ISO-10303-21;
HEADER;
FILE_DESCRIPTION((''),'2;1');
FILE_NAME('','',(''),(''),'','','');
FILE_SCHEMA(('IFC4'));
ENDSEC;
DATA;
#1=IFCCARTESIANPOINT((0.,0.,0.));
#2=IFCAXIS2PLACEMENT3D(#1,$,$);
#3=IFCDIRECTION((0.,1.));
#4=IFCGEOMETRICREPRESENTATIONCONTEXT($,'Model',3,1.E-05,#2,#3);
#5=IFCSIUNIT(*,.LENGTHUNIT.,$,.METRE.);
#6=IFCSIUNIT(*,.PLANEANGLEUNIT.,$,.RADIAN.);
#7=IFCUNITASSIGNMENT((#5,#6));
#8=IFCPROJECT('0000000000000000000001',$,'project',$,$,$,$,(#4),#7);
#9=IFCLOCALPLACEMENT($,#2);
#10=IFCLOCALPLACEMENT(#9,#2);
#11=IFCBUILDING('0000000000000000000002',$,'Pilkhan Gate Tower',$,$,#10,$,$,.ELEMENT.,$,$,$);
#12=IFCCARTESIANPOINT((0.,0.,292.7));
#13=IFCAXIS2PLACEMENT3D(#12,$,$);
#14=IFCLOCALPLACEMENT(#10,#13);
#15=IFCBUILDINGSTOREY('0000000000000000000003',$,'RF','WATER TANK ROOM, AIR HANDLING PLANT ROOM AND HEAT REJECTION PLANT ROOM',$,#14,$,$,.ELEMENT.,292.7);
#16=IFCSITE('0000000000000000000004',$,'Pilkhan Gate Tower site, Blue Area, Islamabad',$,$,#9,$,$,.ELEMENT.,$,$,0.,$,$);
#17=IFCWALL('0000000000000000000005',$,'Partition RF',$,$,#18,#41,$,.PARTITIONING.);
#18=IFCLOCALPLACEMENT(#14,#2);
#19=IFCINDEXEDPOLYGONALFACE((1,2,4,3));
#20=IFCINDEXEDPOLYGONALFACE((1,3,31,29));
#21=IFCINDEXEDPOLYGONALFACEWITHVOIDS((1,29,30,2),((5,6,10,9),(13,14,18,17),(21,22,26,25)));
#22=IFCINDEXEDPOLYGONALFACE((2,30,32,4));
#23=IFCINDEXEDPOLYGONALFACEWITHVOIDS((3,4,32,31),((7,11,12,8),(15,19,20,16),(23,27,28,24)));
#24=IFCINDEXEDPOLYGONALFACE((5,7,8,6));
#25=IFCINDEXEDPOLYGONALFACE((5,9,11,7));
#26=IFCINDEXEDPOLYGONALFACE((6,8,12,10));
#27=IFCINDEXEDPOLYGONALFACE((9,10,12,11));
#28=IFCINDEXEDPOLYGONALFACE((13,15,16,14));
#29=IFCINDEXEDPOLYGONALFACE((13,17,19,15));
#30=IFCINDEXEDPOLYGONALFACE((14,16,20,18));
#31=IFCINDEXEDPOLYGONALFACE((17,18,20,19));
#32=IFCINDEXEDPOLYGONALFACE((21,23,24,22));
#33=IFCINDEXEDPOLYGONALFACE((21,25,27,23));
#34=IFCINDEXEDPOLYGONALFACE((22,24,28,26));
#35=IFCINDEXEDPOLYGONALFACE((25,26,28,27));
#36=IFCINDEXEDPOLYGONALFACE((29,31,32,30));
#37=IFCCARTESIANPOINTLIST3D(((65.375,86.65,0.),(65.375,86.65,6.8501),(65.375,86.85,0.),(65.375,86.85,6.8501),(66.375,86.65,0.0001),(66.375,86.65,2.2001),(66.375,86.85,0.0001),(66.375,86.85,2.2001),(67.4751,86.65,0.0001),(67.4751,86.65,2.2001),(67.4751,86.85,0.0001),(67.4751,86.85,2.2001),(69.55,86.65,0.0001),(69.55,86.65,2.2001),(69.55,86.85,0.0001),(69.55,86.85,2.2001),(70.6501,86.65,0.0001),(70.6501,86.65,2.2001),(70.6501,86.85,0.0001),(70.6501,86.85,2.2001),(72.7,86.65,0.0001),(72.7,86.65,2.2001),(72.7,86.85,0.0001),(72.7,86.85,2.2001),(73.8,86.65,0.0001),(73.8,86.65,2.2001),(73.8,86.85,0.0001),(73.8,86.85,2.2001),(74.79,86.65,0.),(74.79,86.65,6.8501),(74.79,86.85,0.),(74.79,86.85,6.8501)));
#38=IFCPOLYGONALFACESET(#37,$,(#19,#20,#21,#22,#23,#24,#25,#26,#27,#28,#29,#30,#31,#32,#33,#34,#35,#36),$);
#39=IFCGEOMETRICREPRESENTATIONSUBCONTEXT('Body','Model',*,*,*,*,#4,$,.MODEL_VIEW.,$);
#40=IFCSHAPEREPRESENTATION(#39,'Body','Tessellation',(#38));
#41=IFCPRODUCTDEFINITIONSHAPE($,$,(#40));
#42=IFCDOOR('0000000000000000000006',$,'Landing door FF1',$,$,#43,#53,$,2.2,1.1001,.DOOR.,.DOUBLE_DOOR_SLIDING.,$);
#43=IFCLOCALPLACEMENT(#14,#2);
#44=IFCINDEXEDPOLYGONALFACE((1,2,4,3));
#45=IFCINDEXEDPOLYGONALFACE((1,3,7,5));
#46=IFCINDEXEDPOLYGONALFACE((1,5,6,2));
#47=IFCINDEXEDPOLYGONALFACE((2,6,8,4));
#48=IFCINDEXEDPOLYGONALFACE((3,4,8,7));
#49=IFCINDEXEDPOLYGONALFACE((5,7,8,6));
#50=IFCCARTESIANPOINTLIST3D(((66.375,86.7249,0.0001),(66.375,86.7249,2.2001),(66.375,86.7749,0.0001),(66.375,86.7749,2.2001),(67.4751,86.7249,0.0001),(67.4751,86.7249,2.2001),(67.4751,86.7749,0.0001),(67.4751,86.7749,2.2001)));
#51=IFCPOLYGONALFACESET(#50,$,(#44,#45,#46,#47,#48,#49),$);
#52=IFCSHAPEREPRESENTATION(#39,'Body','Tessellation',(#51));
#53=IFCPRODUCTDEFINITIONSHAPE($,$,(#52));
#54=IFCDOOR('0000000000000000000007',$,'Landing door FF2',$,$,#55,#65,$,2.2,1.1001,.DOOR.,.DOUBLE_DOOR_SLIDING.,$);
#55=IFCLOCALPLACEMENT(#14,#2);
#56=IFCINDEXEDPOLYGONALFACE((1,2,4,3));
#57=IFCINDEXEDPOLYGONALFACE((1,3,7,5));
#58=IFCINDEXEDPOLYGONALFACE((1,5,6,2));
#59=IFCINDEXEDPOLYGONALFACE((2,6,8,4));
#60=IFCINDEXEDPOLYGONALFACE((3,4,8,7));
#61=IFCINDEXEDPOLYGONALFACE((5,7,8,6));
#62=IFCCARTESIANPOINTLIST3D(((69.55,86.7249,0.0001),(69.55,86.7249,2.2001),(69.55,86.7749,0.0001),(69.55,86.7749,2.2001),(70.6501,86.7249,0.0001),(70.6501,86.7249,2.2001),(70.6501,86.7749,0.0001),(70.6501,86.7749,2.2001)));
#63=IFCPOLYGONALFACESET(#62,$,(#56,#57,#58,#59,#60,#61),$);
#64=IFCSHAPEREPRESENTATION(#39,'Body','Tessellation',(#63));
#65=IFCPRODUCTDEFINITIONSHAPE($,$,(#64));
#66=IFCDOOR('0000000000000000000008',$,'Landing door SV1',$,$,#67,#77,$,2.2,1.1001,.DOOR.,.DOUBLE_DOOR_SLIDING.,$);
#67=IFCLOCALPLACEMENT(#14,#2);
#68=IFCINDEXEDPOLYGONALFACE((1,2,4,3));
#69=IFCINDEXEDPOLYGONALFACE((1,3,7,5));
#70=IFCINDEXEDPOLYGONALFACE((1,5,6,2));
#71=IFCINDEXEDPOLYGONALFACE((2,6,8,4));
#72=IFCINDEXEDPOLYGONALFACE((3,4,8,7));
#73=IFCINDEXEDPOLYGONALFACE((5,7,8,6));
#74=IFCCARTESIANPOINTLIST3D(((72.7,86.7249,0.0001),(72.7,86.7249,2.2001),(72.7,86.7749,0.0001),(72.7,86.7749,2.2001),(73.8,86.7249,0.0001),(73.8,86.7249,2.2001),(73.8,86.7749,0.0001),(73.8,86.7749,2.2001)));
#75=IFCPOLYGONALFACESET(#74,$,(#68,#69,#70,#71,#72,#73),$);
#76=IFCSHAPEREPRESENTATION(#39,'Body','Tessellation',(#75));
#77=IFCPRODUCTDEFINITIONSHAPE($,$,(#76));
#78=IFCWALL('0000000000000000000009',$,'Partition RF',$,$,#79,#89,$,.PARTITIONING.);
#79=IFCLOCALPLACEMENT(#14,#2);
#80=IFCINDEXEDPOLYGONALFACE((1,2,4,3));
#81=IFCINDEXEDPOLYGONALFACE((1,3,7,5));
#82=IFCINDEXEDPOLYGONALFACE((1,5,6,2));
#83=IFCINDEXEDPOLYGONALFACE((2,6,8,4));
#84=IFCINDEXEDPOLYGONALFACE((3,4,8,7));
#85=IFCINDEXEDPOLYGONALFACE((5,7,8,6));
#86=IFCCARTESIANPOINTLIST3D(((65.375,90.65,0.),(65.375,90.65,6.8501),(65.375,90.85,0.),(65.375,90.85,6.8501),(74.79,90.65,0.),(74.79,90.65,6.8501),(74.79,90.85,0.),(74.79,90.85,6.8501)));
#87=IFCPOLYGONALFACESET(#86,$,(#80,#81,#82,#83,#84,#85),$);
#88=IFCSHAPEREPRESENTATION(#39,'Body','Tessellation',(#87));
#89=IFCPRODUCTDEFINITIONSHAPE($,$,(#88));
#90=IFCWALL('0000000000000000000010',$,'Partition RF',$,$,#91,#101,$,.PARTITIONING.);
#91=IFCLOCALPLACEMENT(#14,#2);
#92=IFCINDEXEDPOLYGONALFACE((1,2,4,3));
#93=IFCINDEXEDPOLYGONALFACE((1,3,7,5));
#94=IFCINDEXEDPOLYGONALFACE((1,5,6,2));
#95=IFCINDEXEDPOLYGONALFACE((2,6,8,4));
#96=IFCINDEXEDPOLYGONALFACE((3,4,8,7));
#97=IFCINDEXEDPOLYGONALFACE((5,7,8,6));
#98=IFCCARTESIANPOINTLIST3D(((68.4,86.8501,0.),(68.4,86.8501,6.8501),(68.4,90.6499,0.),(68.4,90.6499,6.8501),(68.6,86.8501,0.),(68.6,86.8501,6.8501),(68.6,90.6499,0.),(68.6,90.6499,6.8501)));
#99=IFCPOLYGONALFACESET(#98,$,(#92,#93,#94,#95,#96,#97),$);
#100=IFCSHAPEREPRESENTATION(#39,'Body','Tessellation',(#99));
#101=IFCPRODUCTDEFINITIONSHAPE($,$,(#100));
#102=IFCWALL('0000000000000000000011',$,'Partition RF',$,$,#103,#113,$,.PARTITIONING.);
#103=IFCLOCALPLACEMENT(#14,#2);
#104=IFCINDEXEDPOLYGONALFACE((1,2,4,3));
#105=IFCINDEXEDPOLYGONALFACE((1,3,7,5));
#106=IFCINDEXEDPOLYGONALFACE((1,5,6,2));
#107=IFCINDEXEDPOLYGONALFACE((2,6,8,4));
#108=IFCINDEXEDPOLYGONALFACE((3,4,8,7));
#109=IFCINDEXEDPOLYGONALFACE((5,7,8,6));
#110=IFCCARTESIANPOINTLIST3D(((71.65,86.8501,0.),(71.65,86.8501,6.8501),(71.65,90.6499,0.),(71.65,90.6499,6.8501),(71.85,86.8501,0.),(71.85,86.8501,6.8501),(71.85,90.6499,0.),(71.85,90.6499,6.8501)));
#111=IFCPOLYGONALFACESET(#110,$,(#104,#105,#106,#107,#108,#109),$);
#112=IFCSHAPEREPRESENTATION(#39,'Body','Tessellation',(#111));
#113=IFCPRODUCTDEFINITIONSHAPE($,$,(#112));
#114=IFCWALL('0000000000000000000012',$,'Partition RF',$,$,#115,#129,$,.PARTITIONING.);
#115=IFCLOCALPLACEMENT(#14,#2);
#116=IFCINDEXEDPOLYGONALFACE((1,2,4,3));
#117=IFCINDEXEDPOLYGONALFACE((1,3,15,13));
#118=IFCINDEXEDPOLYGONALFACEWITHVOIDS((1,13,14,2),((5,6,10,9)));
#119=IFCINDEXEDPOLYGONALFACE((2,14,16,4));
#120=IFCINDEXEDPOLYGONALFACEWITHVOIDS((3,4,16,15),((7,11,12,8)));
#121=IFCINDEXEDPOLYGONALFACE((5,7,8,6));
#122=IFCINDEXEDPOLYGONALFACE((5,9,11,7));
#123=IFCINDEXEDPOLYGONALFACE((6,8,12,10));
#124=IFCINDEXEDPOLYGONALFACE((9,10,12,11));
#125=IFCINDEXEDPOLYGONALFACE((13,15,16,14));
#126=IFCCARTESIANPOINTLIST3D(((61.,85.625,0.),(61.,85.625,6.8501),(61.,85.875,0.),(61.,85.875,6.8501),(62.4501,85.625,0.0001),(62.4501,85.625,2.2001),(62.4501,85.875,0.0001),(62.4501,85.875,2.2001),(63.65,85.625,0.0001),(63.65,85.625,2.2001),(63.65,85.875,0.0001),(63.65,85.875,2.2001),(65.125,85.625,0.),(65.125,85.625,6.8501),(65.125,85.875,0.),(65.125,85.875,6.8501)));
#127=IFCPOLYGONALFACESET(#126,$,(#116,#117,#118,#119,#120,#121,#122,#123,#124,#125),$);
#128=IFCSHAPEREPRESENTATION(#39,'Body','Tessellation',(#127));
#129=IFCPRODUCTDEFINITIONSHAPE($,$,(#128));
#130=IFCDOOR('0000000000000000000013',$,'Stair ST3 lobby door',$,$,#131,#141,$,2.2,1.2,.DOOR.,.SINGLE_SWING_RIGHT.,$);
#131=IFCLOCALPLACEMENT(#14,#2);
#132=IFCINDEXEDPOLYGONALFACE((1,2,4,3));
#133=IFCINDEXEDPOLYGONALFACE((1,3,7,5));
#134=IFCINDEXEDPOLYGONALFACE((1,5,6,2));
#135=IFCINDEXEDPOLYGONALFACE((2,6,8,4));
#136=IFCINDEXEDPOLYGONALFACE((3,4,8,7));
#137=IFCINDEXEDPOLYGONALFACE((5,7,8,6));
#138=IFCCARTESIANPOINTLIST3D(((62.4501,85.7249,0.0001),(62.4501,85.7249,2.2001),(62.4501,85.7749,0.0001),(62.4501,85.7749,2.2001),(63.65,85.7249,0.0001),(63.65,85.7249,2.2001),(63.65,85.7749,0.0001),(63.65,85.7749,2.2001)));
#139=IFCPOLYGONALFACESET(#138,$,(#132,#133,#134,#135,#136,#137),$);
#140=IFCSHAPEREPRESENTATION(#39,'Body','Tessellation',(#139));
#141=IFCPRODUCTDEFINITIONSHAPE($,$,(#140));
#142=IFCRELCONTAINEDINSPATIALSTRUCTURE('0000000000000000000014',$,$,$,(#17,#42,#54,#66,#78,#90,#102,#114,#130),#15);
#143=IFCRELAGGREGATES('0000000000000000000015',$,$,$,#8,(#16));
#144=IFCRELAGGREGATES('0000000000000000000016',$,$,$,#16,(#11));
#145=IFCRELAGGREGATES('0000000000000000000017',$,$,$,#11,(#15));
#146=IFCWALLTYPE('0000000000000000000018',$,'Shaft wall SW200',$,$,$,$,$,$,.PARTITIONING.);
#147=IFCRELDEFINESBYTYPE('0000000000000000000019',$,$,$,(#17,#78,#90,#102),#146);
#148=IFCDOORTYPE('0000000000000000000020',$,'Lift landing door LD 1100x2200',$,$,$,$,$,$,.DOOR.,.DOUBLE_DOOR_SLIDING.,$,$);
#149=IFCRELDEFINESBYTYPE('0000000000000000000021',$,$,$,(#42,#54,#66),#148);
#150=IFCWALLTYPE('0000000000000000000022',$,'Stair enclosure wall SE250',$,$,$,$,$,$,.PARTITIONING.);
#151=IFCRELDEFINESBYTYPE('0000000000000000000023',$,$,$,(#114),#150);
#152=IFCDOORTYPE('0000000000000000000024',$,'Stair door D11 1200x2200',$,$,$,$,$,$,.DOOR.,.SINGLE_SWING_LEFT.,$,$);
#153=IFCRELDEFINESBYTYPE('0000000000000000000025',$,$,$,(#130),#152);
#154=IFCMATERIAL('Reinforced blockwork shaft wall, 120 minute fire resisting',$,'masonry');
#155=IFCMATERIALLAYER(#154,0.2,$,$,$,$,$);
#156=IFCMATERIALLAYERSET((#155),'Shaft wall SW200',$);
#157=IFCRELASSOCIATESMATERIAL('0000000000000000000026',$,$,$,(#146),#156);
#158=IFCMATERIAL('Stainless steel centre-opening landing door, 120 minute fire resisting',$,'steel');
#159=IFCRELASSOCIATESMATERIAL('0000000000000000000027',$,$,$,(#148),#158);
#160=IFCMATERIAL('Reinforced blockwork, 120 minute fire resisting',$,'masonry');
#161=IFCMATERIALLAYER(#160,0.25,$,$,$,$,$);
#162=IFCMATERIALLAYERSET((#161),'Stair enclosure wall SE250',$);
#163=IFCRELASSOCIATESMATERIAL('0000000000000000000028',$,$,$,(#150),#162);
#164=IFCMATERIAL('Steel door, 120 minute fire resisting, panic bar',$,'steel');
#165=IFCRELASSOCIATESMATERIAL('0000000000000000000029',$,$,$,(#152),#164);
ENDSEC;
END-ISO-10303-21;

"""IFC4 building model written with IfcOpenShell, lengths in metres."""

from ifc_helpers import new_model, si_unit, direction, frame, frame_2d, origin, place, context, subcontext, project, spatial, rectangle, extrude, material, layer, layer_set, type_object, element, fill, save


model = new_model("IFC4")

# Units and contexts
model_context = context("Model", 3, precision=1e-05, world=origin(), true_north=direction((0.0, 1.0)))
body_context = subcontext(model_context, "Body", "Model", "MODEL_VIEW")
ifc_project = project(units=[si_unit("LENGTHUNIT", "METRE"), si_unit("PLANEANGLEUNIT", "RADIAN")], contexts=[model_context])

# Site, building, storey
site_placement = place(None, origin())
site = spatial("IfcSite", under=ifc_project, at=site_placement, Name="Pilkhan Gate Tower site, Blue Area, Islamabad", CompositionType="ELEMENT", RefElevation=0.0)
building_placement = place(site_placement, origin())
building = spatial("IfcBuilding", under=site, at=building_placement, Name="Pilkhan Gate Tower", CompositionType="ELEMENT")
storey_placement = place(building_placement, frame((0.0, 0.0, 292.7)))
storey = spatial("IfcBuildingStorey", under=building, at=storey_placement, Name="RF", Description="WATER TANK ROOM, AIR HANDLING PLANT ROOM AND HEAT REJECTION PLANT ROOM", CompositionType="ELEMENT", Elevation=292.7)

# Wall, openings, doors
ifc_material_1 = material(Name="Reinforced blockwork shaft wall, 120 minute fire resisting", Category="masonry")
ifc_layer_1 = layer(ifc_material_1, 0.2)
ifc_layer_set_1 = layer_set([ifc_layer_1], Name="Shaft wall SW200")
wall_type_1 = type_object("IfcWallType", Name="Shaft wall SW200", PredefinedType="PARTITIONING", material=ifc_layer_set_1)
wall_1_placement = place(storey_placement, frame((65.375, 86.75, 0.0), z_axis=(0.0, 0.0, 1.0), x_axis=(1.0, 0.0, 0.0)))
wall_1 = element("IfcWall", 1, at=wall_1_placement, inside=storey, type_object=wall_type_1, Name="Partition RF", PredefinedType="PARTITIONING", context=body_context, shape_type="SweptSolid", body=[
    extrude(rectangle(XDim=9.415, YDim=0.2, at=frame_2d((4.7075, 0.0))), origin(), (0.0, 0.0, 1.0), 6.8501),
])
opening_1_placement = place(wall_1_placement, frame((1.0, 0.0, 0.0)))
opening_1 = element("IfcOpeningElement", 2, at=opening_1_placement, cuts=wall_1, PredefinedType="OPENING", context=body_context, shape_type="SweptSolid", body=[
    extrude(rectangle(XDim=1.1001, YDim=2.2, at=frame_2d((0.55, 1.1001))), frame((0.0, 0.1099, 0.0), z_axis=(0.0, -1.0, 0.0), x_axis=(1.0, 0.0, 0.0)), (0.0, 0.0, 1.0), 0.22),
])
opening_2_placement = place(wall_1_placement, frame((4.175, 0.0, 0.0)))
opening_2 = element("IfcOpeningElement", 3, at=opening_2_placement, cuts=wall_1, PredefinedType="OPENING", context=body_context, shape_type="SweptSolid", body=[
    extrude(rectangle(XDim=1.1001, YDim=2.2, at=frame_2d((0.55, 1.1001))), frame((0.0, 0.1099, 0.0), z_axis=(0.0, -1.0, 0.0), x_axis=(1.0, 0.0, 0.0)), (0.0, 0.0, 1.0), 0.22),
])
opening_3_placement = place(wall_1_placement, frame((7.325, 0.0, 0.0)))
opening_3 = element("IfcOpeningElement", 4, at=opening_3_placement, cuts=wall_1, PredefinedType="OPENING", context=body_context, shape_type="SweptSolid", body=[
    extrude(rectangle(XDim=1.1001, YDim=2.2, at=frame_2d((0.55, 1.1001))), frame((0.0, 0.1099, 0.0), z_axis=(0.0, -1.0, 0.0), x_axis=(1.0, 0.0, 0.0)), (0.0, 0.0, 1.0), 0.22),
])
ifc_material_2 = material(Name="Stainless steel centre-opening landing door, 120 minute fire resisting", Category="steel")
door_type_1 = type_object("IfcDoorType", Name="Lift landing door LD 1100x2200", OperationType="DOUBLE_DOOR_SLIDING", PredefinedType="DOOR", material=ifc_material_2)
door_1_placement = place(opening_1_placement, origin())
door_1 = element("IfcDoor", 5, at=door_1_placement, inside=storey, type_object=door_type_1, Name="Landing door FF1", OperationType="DOUBLE_DOOR_SLIDING", OverallHeight=2.2, OverallWidth=1.1001, PredefinedType="DOOR", context=body_context, shape_type="SweptSolid", body=[
    extrude(rectangle(XDim=1.1001, YDim=2.2, at=frame_2d((0.55, 1.1001))), frame((0.0, 0.0249, 0.0), z_axis=(0.0, -1.0, 0.0), x_axis=(1.0, 0.0, 0.0)), (0.0, 0.0, 1.0), 0.05),
])
fill(opening_1, door_1)
door_2_placement = place(opening_2_placement, origin())
door_2 = element("IfcDoor", 6, at=door_2_placement, inside=storey, type_object=door_type_1, Name="Landing door FF2", OperationType="DOUBLE_DOOR_SLIDING", OverallHeight=2.2, OverallWidth=1.1001, PredefinedType="DOOR", context=body_context, shape_type="SweptSolid", body=[
    extrude(rectangle(XDim=1.1001, YDim=2.2, at=frame_2d((0.55, 1.1001))), frame((0.0, 0.0249, 0.0), z_axis=(0.0, -1.0, 0.0), x_axis=(1.0, 0.0, 0.0)), (0.0, 0.0, 1.0), 0.05),
])
fill(opening_2, door_2)
door_3_placement = place(opening_3_placement, origin())
door_3 = element("IfcDoor", 7, at=door_3_placement, inside=storey, type_object=door_type_1, Name="Landing door SV1", OperationType="DOUBLE_DOOR_SLIDING", OverallHeight=2.2, OverallWidth=1.1001, PredefinedType="DOOR", context=body_context, shape_type="SweptSolid", body=[
    extrude(rectangle(XDim=1.1001, YDim=2.2, at=frame_2d((0.55, 1.1001))), frame((0.0, 0.0249, 0.0), z_axis=(0.0, -1.0, 0.0), x_axis=(1.0, 0.0, 0.0)), (0.0, 0.0, 1.0), 0.05),
])
fill(opening_3, door_3)

# Walls
wall_2_placement = place(storey_placement, frame((65.375, 90.75, 0.0), z_axis=(0.0, 0.0, 1.0), x_axis=(1.0, 0.0, 0.0)))
element("IfcWall", 8, at=wall_2_placement, inside=storey, type_object=wall_type_1, Name="Partition RF", PredefinedType="PARTITIONING", context=body_context, shape_type="SweptSolid", body=[
    extrude(rectangle(XDim=9.415, YDim=0.2, at=frame_2d((4.7075, 0.0))), origin(), (0.0, 0.0, 1.0), 6.8501),
])
for number, where, z_axis, x_axis, name in (
    (9, (68.5, 86.8501, 0.0), (0.0, 0.0, 1.0), (0.0, 1.0, 0.0), "Partition RF"),
    (10, (71.75, 86.8501, 0.0), (0.0, 0.0, 1.0), (0.0, 1.0, 0.0), "Partition RF"),
):
    element("IfcWall", number, at=place(storey_placement, frame(where, z_axis=z_axis, x_axis=x_axis)), inside=storey, type_object=wall_type_1, Name=name, PredefinedType="PARTITIONING", context=body_context, shape_type="SweptSolid", body=[
        extrude(rectangle(XDim=3.7998, YDim=0.2, at=frame_2d((1.8999, 0.0))), origin(), (0.0, 0.0, 1.0), 6.8501),
    ])

# Wall, opening, door
ifc_material_3 = material(Name="Reinforced blockwork, 120 minute fire resisting", Category="masonry")
ifc_layer_2 = layer(ifc_material_3, 0.25)
ifc_layer_set_2 = layer_set([ifc_layer_2], Name="Stair enclosure wall SE250")
wall_type_2 = type_object("IfcWallType", Name="Stair enclosure wall SE250", PredefinedType="PARTITIONING", material=ifc_layer_set_2)
wall_3_placement = place(storey_placement, frame((61.0, 85.75, 0.0), z_axis=(0.0, 0.0, 1.0), x_axis=(1.0, 0.0, 0.0)))
wall_3 = element("IfcWall", 11, at=wall_3_placement, inside=storey, type_object=wall_type_2, Name="Partition RF", PredefinedType="PARTITIONING", context=body_context, shape_type="SweptSolid", body=[
    extrude(rectangle(XDim=4.125, YDim=0.25, at=frame_2d((2.0625, 0.0))), origin(), (0.0, 0.0, 1.0), 6.8501),
])
opening_4_placement = place(wall_3_placement, frame((1.45, 0.0, 0.0)))
opening_4 = element("IfcOpeningElement", 12, at=opening_4_placement, cuts=wall_3, PredefinedType="OPENING", context=body_context, shape_type="SweptSolid", body=[
    extrude(rectangle(XDim=1.2, YDim=2.2, at=frame_2d((0.6001, 1.1001))), frame((0.0, 0.135, 0.0), z_axis=(0.0, -1.0, 0.0), x_axis=(1.0, 0.0, 0.0)), (0.0, 0.0, 1.0), 0.27),
])
ifc_material_4 = material(Name="Steel door, 120 minute fire resisting, panic bar", Category="steel")
door_type_2 = type_object("IfcDoorType", Name="Stair door D11 1200x2200", OperationType="SINGLE_SWING_LEFT", PredefinedType="DOOR", material=ifc_material_4)
door_4_placement = place(opening_4_placement, origin())
door_4 = element("IfcDoor", 13, at=door_4_placement, inside=storey, type_object=door_type_2, Name="Stair ST3 lobby door", OperationType="SINGLE_SWING_RIGHT", OverallHeight=2.2, OverallWidth=1.2, PredefinedType="DOOR", context=body_context, shape_type="SweptSolid", body=[
    extrude(rectangle(XDim=1.2, YDim=2.2, at=frame_2d((0.6001, 1.1001))), frame((0.0, 0.0249, 0.0), z_axis=(0.0, -1.0, 0.0), x_axis=(1.0, 0.0, 0.0)), (0.0, 0.0, 1.0), 0.05),
])
fill(opening_4, door_4)

save(model, "model.ifc")
